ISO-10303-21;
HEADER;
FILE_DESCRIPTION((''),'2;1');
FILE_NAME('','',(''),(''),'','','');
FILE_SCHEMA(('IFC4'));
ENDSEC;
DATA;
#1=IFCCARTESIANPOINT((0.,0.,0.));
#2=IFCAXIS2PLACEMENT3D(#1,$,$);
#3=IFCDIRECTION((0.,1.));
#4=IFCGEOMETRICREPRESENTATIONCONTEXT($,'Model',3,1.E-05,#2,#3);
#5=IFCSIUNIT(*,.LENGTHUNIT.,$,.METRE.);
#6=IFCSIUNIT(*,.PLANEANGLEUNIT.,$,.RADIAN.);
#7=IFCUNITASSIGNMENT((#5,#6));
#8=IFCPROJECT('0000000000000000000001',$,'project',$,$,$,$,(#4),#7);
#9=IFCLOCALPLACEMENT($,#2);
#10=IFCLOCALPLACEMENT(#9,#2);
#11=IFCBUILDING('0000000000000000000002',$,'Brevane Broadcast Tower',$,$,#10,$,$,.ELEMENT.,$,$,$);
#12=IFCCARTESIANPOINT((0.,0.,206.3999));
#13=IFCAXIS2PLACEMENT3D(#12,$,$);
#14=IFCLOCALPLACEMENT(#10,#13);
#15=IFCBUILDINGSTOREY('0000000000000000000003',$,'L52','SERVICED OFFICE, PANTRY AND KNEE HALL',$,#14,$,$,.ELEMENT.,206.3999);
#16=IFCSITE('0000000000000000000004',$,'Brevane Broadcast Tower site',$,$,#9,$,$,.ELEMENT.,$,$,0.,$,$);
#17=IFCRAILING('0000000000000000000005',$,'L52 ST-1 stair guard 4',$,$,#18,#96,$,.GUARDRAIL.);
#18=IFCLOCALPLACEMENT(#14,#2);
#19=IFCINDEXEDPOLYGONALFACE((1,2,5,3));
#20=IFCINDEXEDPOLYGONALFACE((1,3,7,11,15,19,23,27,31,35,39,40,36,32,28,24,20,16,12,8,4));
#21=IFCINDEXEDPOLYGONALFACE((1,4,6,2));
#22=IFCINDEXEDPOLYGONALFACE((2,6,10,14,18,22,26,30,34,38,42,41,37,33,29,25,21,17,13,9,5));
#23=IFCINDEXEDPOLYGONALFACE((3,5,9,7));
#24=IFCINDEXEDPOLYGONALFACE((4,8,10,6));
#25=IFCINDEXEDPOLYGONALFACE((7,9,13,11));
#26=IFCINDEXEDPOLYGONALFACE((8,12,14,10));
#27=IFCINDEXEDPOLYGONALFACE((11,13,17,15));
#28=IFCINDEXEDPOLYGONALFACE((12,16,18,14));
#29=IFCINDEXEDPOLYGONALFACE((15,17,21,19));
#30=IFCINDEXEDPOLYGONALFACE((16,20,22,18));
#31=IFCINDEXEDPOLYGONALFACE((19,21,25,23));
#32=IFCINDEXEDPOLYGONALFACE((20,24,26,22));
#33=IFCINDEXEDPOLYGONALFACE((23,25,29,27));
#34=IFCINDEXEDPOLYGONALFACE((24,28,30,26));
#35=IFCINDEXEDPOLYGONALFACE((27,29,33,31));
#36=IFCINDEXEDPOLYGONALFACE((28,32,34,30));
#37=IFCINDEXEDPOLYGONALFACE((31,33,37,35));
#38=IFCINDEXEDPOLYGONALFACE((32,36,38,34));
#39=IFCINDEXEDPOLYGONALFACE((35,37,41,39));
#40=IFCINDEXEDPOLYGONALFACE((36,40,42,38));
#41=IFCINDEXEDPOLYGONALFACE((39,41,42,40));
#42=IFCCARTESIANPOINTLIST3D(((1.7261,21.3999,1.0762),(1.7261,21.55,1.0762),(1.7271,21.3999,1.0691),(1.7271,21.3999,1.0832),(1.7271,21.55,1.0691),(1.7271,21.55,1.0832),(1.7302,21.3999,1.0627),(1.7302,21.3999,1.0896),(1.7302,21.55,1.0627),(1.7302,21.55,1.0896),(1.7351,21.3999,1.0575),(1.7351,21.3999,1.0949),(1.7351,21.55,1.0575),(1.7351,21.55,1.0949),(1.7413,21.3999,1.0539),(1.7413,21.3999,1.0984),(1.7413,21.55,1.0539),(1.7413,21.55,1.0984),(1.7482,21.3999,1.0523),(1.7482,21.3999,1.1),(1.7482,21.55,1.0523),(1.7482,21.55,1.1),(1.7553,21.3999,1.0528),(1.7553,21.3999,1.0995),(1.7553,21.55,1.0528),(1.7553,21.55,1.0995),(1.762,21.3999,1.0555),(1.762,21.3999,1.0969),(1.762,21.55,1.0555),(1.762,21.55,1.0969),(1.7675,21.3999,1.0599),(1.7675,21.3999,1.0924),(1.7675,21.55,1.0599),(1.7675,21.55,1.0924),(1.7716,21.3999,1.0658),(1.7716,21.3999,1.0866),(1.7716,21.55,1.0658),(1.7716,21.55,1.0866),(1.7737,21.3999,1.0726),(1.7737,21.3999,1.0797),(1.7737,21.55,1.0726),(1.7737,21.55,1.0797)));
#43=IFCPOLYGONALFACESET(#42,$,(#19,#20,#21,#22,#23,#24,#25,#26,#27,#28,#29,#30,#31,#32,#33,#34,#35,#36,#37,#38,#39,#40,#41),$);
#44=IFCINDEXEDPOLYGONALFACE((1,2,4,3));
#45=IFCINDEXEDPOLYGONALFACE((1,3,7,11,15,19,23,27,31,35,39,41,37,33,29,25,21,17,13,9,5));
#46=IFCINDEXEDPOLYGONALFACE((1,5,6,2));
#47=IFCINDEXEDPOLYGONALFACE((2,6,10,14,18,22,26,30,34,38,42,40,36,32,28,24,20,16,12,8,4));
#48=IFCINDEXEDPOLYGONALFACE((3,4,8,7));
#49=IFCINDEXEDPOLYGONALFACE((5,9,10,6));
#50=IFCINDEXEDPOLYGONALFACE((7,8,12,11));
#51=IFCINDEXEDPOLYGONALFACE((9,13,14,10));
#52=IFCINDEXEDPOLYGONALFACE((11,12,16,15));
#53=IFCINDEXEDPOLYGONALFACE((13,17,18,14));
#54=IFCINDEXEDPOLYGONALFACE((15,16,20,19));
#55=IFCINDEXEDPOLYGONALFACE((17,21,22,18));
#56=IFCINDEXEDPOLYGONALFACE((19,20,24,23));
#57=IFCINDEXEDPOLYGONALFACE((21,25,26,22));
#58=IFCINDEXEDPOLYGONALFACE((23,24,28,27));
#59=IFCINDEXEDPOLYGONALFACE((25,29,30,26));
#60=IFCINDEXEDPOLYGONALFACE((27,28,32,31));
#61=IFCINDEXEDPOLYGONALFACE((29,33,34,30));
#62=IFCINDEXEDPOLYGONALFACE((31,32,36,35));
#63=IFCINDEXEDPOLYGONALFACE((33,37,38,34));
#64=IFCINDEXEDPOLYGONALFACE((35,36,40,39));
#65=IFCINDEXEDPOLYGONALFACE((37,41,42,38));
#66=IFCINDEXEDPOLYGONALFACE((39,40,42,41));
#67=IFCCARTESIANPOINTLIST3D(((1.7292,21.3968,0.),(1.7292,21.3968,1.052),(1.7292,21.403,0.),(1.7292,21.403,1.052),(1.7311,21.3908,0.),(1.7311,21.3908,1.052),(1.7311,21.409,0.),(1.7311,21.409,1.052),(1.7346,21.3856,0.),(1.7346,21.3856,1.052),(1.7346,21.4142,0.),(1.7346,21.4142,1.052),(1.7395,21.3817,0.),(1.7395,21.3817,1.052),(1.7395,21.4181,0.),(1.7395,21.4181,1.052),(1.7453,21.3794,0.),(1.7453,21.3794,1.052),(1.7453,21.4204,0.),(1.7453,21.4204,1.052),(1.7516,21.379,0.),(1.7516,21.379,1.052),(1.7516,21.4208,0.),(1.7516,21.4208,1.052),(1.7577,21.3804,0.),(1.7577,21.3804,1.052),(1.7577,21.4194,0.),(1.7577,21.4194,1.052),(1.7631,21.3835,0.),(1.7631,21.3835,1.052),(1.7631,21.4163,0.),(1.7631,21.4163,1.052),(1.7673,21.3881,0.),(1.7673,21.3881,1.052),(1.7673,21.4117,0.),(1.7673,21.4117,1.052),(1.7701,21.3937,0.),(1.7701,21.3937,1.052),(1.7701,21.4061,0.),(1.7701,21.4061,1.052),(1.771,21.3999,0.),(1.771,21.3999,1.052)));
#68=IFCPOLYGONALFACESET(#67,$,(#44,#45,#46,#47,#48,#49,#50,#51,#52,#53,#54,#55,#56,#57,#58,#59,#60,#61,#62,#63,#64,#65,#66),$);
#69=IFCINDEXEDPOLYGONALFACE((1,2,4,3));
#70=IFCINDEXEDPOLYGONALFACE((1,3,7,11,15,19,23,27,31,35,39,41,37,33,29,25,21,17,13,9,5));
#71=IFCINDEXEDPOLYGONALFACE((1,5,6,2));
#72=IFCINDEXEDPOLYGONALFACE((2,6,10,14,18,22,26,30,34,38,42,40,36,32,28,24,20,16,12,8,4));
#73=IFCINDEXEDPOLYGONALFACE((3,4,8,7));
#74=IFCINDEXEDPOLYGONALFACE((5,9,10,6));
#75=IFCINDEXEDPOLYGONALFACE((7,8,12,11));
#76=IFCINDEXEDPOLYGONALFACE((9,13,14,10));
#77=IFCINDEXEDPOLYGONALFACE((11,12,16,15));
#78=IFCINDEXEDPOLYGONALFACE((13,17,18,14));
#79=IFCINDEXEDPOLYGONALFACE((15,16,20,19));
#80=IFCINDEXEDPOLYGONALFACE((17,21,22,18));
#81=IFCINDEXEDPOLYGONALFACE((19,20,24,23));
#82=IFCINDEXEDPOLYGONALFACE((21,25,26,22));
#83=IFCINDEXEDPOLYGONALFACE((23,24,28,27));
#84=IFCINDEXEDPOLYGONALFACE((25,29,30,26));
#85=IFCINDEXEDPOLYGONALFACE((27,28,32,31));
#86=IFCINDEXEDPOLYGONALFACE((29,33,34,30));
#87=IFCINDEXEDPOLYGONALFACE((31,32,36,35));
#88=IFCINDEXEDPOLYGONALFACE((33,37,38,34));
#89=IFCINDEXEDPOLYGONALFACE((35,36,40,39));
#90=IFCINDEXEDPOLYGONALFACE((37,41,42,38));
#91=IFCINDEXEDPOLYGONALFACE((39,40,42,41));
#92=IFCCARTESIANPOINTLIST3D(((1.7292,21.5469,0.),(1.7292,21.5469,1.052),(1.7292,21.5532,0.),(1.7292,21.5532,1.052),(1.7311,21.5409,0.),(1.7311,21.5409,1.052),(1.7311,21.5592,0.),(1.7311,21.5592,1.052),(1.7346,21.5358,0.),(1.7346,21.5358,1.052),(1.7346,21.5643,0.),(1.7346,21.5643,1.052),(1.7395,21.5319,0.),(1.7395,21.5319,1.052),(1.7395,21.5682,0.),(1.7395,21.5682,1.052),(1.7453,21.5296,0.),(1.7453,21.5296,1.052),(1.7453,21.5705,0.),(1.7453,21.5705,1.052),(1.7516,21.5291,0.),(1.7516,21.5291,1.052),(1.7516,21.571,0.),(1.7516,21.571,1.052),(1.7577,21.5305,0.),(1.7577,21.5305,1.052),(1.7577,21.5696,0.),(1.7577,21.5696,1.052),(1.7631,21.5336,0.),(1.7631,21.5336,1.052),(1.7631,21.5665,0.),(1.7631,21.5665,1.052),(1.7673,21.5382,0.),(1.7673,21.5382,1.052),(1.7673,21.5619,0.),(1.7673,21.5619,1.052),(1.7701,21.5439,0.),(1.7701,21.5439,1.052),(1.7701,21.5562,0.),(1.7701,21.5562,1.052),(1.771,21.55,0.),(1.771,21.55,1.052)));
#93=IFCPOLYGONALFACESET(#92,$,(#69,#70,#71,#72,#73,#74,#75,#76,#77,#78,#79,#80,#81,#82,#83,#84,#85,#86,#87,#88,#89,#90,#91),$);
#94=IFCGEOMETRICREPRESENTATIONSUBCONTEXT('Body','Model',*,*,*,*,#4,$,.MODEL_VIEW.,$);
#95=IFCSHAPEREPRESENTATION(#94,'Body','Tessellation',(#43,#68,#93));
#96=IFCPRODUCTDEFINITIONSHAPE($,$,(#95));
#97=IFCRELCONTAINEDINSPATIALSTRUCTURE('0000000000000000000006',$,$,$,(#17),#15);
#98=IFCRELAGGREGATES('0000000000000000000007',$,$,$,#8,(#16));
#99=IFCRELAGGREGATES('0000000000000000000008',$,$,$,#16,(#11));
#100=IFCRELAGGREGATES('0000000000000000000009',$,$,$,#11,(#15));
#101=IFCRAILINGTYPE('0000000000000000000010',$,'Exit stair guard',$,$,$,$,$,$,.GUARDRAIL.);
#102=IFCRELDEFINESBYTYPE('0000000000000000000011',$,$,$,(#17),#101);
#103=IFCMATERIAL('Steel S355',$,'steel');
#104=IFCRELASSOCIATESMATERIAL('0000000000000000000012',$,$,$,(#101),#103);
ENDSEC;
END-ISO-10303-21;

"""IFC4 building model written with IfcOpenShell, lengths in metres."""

from ifc_helpers import new_model, si_unit, direction, frame, origin, origin_2d, place, context, subcontext, project, spatial, circle, extrude, material, type_object, element, save


model = new_model("IFC4")

# Units and contexts
model_context = context("Model", 3, precision=1e-05, world=origin(), true_north=direction((0.0, 1.0)))
body_context = subcontext(model_context, "Body", "Model", "MODEL_VIEW")
ifc_project = project(units=[si_unit("LENGTHUNIT", "METRE"), si_unit("PLANEANGLEUNIT", "RADIAN")], contexts=[model_context])

# Site, building, storey
site_placement = place(None, origin())
site = spatial("IfcSite", under=ifc_project, at=site_placement, Name="Brevane Broadcast Tower site", CompositionType="ELEMENT", RefElevation=0.0)
building_placement = place(site_placement, origin())
building = spatial("IfcBuilding", under=site, at=building_placement, Name="Brevane Broadcast Tower", CompositionType="ELEMENT")
storey_placement = place(building_placement, frame((0.0, 0.0, 206.3999)))
storey = spatial("IfcBuildingStorey", under=building, at=storey_placement, Name="L52", Description="SERVICED OFFICE, PANTRY AND KNEE HALL", CompositionType="ELEMENT", Elevation=206.3999)

# Railing
ifc_material_1 = material(Name="Steel S355", Category="steel")
railing_type_1 = type_object("IfcRailingType", Name="Exit stair guard", PredefinedType="GUARDRAIL", material=ifc_material_1)
railing_1_placement = place(storey_placement, frame((1.75, 21.3999, 0.0)))
element("IfcRailing", 1, at=railing_1_placement, inside=storey, type_object=railing_type_1, Name="L52 ST-1 stair guard 4", PredefinedType="GUARDRAIL", context=body_context, shape_type="SweptSolid", body=[
    extrude(circle(Radius=0.0239, at=origin_2d()), frame((0.0, 0.0, 1.0762), z_axis=(0.0, 1.0, 0.0), x_axis=(-1.0, 0.0, 0.0)), (0.0, 0.0, 1.0), 0.1501),
    extrude(circle(Radius=0.021, at=origin_2d()), origin(), (0.0, 0.0, 1.0), 1.052),
    extrude(circle(Radius=0.021, at=origin_2d()), frame((0.0, 0.1501, 0.0)), (0.0, 0.0, 1.0), 1.052),
])

save(model, "model.ifc")
